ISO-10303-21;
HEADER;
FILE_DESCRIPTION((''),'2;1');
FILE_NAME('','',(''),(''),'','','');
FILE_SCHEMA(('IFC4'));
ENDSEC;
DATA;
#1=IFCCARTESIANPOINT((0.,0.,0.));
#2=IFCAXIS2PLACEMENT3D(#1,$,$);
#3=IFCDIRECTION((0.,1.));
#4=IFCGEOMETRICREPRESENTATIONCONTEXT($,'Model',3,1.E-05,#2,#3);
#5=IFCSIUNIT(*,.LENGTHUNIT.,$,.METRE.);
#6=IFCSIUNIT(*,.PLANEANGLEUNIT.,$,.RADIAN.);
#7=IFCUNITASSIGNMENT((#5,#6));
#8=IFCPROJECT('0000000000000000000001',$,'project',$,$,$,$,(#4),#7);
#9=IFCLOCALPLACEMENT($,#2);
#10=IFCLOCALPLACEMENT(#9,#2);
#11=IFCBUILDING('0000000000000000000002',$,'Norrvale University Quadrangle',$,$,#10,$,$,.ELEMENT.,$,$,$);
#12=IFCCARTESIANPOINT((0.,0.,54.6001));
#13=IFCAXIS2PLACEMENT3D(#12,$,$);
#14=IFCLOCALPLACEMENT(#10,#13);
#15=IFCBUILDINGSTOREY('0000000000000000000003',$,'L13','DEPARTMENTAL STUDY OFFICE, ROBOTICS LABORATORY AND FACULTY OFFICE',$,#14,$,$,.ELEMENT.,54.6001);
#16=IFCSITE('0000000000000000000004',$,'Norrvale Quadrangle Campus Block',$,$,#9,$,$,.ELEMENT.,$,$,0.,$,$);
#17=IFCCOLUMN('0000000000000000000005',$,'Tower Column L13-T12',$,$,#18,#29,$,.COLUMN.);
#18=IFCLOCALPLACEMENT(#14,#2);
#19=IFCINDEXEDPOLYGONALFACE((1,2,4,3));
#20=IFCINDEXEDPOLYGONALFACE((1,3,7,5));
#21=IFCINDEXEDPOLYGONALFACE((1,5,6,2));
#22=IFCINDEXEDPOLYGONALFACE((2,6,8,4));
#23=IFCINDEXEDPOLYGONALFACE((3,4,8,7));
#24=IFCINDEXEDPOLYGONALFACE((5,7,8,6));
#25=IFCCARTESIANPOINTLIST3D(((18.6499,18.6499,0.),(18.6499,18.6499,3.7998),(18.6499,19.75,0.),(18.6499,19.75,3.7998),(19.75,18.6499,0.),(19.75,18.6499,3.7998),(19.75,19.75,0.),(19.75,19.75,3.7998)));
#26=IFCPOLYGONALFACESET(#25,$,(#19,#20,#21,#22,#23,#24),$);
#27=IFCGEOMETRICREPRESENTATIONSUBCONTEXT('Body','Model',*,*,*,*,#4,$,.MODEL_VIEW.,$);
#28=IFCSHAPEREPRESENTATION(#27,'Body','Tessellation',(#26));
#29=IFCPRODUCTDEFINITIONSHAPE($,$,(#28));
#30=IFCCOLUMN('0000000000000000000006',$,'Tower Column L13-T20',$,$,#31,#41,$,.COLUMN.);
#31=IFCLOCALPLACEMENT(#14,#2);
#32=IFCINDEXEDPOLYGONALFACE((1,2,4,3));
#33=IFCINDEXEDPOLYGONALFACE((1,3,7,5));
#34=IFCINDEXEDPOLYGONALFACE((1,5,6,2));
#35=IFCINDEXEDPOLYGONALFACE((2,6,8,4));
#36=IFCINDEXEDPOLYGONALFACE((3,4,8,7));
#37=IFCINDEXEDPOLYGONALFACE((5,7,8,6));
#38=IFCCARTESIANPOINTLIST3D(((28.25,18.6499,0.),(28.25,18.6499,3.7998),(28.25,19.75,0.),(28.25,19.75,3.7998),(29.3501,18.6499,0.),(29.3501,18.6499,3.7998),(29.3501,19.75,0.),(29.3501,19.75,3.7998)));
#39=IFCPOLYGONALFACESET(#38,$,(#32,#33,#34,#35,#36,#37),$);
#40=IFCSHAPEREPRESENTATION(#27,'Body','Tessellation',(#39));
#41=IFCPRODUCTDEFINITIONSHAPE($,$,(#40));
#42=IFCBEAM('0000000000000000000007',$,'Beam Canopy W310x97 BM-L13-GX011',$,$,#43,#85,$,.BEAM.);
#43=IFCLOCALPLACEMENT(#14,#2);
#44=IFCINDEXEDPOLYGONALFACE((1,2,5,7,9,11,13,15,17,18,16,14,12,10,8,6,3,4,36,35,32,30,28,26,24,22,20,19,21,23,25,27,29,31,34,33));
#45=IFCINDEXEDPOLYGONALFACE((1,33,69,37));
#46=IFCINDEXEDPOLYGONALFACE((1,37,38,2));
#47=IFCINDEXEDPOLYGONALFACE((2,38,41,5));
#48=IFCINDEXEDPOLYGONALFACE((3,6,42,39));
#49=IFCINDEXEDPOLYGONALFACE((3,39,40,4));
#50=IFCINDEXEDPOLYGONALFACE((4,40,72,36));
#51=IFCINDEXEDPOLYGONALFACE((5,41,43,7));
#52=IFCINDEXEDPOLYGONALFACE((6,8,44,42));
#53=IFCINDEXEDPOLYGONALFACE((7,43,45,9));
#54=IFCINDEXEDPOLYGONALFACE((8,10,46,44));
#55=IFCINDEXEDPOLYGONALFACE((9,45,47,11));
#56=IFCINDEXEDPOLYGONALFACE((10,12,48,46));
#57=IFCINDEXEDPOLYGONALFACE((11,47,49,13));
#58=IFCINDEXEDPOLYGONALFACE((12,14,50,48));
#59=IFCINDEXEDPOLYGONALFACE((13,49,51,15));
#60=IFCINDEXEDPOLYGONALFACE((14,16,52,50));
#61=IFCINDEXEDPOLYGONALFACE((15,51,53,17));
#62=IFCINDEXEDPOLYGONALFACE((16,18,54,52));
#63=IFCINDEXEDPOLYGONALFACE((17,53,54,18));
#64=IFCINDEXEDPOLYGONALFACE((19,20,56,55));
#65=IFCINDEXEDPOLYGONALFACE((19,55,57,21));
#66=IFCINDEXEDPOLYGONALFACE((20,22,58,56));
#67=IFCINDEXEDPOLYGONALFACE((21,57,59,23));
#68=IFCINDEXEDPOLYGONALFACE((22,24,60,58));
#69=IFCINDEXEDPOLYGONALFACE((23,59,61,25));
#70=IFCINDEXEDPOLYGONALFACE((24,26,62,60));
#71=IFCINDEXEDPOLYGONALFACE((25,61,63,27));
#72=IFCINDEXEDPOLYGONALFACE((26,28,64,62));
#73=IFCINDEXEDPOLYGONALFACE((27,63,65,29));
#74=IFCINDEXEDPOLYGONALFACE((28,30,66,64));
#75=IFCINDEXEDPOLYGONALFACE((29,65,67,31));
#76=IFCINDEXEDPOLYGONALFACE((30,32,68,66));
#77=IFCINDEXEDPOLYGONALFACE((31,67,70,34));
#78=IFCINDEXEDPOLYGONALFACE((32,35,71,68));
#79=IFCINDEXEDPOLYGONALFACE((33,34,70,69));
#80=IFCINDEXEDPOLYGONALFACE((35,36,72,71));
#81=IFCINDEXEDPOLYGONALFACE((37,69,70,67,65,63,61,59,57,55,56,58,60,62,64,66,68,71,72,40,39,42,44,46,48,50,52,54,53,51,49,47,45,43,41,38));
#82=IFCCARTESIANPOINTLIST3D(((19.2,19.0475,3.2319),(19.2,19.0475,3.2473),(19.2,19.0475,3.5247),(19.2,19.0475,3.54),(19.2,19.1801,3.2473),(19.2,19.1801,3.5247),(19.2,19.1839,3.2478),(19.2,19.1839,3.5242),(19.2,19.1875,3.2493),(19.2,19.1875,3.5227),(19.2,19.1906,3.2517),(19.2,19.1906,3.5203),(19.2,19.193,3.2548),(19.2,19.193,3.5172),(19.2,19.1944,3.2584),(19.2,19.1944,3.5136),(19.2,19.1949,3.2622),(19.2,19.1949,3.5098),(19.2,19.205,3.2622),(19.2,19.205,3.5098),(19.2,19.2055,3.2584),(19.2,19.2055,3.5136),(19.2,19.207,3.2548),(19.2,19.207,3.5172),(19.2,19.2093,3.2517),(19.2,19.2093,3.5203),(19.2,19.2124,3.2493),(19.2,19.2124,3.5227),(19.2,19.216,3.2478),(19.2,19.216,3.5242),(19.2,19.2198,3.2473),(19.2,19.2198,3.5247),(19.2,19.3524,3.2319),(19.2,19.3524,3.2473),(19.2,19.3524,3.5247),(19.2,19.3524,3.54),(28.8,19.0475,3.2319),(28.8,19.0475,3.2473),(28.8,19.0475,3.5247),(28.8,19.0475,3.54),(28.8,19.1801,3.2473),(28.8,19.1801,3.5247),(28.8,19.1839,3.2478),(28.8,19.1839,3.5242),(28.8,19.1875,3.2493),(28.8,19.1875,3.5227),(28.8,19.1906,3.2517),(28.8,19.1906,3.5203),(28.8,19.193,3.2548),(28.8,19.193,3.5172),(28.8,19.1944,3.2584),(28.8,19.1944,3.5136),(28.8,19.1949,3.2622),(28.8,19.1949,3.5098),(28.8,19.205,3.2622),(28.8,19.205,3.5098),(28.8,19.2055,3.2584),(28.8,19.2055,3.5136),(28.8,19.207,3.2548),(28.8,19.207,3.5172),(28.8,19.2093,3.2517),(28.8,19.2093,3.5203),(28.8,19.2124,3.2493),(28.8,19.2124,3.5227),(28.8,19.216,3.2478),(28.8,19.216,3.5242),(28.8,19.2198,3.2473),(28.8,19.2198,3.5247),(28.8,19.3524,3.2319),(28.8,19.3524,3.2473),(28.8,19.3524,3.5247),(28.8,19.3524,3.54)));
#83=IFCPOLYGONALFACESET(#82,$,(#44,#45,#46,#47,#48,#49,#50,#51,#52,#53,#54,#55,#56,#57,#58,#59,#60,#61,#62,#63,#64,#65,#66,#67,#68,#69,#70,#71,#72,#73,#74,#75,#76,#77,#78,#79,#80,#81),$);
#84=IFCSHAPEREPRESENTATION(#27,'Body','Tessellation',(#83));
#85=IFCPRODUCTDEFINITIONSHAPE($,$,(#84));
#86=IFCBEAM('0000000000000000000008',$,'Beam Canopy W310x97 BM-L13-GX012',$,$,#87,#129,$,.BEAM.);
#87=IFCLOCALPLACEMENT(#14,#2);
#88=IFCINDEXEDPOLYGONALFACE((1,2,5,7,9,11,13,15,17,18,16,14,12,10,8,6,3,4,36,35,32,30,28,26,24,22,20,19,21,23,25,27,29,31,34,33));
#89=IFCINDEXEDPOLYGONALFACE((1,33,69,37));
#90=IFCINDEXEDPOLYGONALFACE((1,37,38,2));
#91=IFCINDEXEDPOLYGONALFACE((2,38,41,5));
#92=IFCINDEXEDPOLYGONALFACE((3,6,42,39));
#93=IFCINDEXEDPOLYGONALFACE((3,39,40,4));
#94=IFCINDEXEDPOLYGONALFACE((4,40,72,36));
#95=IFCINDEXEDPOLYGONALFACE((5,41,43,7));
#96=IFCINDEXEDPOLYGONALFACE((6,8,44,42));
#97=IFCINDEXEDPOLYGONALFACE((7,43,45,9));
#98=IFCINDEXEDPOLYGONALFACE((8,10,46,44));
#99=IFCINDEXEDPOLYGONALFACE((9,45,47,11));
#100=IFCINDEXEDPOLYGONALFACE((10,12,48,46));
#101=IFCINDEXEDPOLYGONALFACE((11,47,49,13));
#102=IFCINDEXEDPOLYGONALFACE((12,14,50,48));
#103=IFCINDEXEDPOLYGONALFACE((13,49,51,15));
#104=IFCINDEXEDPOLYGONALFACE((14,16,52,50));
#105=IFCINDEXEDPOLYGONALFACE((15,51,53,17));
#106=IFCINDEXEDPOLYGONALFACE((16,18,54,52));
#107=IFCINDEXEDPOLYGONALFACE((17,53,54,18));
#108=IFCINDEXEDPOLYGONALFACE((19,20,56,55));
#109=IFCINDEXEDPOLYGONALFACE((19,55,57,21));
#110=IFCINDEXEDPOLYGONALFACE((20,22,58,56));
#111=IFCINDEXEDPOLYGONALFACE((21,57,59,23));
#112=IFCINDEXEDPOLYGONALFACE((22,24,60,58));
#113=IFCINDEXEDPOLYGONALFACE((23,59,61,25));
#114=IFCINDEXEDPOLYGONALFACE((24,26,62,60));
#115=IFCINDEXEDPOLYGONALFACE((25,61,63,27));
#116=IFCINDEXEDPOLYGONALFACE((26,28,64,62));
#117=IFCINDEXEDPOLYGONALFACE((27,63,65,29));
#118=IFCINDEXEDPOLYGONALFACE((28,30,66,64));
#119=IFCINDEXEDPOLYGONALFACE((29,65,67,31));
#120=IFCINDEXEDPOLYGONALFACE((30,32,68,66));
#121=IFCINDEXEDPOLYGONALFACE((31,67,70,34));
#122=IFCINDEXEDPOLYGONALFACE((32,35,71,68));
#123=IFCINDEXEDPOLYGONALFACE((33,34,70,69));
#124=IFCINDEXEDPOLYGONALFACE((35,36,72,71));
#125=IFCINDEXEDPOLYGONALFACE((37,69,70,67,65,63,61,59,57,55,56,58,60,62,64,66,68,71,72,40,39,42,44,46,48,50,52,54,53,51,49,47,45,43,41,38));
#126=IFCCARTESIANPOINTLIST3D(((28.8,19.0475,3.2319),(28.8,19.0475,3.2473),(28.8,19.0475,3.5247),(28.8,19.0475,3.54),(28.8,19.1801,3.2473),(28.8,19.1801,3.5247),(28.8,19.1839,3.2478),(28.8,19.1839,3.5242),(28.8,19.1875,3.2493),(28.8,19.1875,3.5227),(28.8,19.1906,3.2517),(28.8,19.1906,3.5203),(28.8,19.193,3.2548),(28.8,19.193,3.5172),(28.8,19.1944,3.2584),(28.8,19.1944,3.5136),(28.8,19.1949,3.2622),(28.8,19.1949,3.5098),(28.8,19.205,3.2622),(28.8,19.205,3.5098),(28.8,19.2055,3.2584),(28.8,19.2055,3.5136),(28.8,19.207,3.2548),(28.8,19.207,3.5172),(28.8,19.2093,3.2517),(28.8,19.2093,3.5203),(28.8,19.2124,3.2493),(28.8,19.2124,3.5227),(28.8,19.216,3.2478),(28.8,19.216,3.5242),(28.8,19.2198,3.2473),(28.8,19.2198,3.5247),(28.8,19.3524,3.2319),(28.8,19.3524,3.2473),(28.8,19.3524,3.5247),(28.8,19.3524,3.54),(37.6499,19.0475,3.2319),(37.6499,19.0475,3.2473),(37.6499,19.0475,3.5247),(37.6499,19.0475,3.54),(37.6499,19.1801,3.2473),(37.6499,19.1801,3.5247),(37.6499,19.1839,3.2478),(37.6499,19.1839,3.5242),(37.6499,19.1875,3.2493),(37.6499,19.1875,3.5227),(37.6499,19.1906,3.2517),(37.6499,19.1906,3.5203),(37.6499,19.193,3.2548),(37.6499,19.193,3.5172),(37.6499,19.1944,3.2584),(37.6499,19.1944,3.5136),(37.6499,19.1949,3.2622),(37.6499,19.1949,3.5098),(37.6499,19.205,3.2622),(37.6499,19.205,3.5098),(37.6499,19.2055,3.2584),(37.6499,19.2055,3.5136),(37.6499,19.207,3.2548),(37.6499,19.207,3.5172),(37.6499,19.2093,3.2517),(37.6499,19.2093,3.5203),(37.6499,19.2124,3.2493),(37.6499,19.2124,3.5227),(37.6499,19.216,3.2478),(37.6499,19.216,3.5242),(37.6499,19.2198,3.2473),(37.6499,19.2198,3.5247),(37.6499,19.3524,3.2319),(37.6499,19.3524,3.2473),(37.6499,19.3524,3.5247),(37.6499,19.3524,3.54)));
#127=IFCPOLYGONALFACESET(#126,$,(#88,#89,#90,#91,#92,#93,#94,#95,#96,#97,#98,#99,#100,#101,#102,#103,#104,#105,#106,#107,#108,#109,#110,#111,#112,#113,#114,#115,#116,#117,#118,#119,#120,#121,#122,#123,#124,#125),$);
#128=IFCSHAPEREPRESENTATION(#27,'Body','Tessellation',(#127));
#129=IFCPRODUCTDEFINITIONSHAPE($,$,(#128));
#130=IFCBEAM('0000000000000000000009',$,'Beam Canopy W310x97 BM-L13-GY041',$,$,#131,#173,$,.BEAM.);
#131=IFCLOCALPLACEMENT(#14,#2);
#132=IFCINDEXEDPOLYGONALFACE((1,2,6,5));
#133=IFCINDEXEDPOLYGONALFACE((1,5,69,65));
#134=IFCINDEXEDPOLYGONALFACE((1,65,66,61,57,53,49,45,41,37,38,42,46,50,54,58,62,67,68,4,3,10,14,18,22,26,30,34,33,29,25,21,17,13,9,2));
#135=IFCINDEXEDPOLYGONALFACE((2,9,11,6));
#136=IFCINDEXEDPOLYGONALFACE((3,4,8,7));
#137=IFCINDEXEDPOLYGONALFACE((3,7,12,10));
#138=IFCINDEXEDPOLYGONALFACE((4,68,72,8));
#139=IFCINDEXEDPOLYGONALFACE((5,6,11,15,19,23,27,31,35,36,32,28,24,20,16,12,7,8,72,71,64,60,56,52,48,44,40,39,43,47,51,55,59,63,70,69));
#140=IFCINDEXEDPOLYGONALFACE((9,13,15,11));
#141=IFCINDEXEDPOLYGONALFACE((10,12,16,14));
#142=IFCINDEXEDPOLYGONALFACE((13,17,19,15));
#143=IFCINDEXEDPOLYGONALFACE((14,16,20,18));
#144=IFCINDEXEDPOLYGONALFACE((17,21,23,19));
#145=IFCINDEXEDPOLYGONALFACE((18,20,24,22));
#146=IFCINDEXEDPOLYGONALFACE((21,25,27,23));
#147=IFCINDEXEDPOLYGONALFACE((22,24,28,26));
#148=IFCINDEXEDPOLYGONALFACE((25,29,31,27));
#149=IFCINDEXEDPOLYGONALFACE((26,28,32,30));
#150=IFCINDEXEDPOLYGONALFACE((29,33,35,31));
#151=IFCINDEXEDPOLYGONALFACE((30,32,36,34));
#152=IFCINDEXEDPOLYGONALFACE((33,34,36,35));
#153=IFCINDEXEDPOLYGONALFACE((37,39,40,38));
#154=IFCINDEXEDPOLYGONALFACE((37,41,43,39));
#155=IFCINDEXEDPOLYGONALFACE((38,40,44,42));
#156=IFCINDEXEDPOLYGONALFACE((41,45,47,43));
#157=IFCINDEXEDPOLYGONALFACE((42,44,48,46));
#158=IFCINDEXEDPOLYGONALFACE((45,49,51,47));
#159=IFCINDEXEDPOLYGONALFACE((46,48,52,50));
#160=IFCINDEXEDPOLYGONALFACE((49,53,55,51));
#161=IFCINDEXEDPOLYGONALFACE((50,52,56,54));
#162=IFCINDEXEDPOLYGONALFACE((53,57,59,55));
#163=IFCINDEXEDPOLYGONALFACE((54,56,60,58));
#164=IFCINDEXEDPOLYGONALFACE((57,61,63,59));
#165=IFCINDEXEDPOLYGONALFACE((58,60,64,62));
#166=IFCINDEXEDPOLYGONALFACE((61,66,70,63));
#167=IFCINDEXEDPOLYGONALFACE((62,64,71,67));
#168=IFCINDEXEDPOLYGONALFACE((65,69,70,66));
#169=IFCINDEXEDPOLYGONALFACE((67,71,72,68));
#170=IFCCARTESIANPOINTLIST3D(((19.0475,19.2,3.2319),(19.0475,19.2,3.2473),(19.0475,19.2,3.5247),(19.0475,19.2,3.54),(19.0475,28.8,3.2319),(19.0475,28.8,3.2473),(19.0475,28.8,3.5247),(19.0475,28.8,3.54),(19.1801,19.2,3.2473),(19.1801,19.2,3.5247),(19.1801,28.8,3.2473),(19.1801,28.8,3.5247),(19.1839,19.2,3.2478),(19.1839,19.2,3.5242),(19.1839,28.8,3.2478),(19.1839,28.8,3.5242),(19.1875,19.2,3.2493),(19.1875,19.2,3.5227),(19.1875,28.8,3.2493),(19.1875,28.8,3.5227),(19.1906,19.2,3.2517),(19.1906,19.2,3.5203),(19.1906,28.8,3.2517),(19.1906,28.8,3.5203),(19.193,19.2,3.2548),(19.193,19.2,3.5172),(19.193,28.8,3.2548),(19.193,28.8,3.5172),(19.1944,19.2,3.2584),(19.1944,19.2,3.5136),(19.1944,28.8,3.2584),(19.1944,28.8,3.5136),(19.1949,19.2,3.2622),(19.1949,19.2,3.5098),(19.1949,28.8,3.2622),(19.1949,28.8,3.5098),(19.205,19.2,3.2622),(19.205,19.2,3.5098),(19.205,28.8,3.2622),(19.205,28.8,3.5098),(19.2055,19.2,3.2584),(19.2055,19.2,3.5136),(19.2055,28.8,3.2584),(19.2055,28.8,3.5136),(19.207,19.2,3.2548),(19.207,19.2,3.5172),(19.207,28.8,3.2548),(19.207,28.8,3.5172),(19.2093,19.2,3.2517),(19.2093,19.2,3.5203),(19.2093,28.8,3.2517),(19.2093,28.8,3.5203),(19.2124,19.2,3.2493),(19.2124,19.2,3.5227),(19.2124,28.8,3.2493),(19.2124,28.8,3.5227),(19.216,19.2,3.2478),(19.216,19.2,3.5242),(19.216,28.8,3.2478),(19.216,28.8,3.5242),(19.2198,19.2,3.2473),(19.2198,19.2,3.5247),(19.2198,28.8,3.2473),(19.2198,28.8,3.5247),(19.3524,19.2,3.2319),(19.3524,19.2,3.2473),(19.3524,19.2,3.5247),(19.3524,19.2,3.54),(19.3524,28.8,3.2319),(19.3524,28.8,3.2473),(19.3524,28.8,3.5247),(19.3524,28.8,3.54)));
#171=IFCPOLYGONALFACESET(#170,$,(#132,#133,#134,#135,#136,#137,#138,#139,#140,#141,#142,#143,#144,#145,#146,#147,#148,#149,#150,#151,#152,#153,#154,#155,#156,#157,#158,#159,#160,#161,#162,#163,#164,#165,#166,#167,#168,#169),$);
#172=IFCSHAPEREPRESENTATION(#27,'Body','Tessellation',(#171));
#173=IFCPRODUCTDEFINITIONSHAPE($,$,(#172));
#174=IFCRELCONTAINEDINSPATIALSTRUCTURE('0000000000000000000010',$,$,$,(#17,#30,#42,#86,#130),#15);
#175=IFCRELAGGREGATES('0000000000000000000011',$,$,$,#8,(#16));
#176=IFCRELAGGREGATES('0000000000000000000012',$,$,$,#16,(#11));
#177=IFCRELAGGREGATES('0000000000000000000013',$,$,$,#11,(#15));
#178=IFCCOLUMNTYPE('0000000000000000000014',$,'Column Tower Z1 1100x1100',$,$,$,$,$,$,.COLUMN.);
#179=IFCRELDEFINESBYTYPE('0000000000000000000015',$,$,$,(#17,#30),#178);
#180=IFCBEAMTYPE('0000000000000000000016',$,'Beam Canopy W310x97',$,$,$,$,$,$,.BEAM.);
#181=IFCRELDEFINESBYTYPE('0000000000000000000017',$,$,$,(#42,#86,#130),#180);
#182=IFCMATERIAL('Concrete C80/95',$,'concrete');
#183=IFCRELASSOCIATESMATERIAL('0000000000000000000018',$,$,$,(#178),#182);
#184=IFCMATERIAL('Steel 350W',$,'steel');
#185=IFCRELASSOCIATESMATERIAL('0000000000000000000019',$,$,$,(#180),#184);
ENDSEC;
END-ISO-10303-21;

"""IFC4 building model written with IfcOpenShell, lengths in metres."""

from ifc_helpers import new_model, si_unit, direction, frame, origin, origin_2d, place, context, subcontext, project, spatial, rectangle, i_section, extrude, material, material_profile, profile_set, type_object, element, save


model = new_model("IFC4")

# Units and contexts
model_context = context("Model", 3, precision=1e-05, world=origin(), true_north=direction((0.0, 1.0)))
body_context = subcontext(model_context, "Body", "Model", "MODEL_VIEW")
ifc_project = project(units=[si_unit("LENGTHUNIT", "METRE"), si_unit("PLANEANGLEUNIT", "RADIAN")], contexts=[model_context])

# Site, building, storey
site_placement = place(None, origin())
site = spatial("IfcSite", under=ifc_project, at=site_placement, Name="Norrvale Quadrangle Campus Block", CompositionType="ELEMENT", RefElevation=0.0)
building_placement = place(site_placement, origin())
building = spatial("IfcBuilding", under=site, at=building_placement, Name="Norrvale University Quadrangle", CompositionType="ELEMENT")
storey_placement = place(building_placement, frame((0.0, 0.0, 54.6001)))
storey = spatial("IfcBuildingStorey", under=building, at=storey_placement, Name="L13", Description="DEPARTMENTAL STUDY OFFICE, ROBOTICS LABORATORY AND FACULTY OFFICE", CompositionType="ELEMENT", Elevation=54.6001)

# Columns
ifc_material_1 = material(Name="Concrete C80/95", Category="concrete")
ifc_material_profile_1 = material_profile(ifc_material_1, rectangle(XDim=1.1001, YDim=1.1001, at=origin_2d()), Name="Concrete C80/95")
ifc_profile_set_1 = profile_set([ifc_material_profile_1], Name="Concrete C80/95")
column_type = type_object("IfcColumnType", Name="Column Tower Z1 1100x1100", PredefinedType="COLUMN", material=ifc_profile_set_1)
for number, where, z_axis, x_axis, name in (
    (1, (19.2, 19.2, 0.0), (0.0, 0.0, 1.0), (1.0, 0.0, 0.0), "Tower Column L13-T12"),
    (2, (28.8, 19.2, 0.0), (0.0, 0.0, 1.0), (1.0, 0.0, 0.0), "Tower Column L13-T20"),
):
    element("IfcColumn", number, at=place(storey_placement, frame(where, z_axis=z_axis, x_axis=x_axis)), inside=storey, type_object=column_type, Name=name, PredefinedType="COLUMN", context=body_context, shape_type="SweptSolid", body=[
        extrude(rectangle(XDim=1.1001, YDim=1.1001, at=origin_2d()), origin(), (0.0, 0.0, 1.0), 3.7998),
    ])

# Beams
ifc_material_2 = material(Name="Steel 350W", Category="steel")
ifc_material_profile_2 = material_profile(ifc_material_2, i_section(OverallWidth=0.3049, OverallDepth=0.3081, WebThickness=0.01, FlangeThickness=0.0154, FilletRadius=0.0149, at=origin_2d()), Name="Steel 350W")
ifc_profile_set_2 = profile_set([ifc_material_profile_2], Name="Steel 350W")
beam_type_1 = type_object("IfcBeamType", Name="Beam Canopy W310x97", PredefinedType="BEAM", material=ifc_profile_set_2)
beam_1_placement = place(storey_placement, frame((19.2, 19.2, 3.386), z_axis=(1.0, 0.0, 0.0), x_axis=(0.0, 1.0, 0.0)))
element("IfcBeam", 3, at=beam_1_placement, inside=storey, type_object=beam_type_1, Name="Beam Canopy W310x97 BM-L13-GX011", PredefinedType="BEAM", context=body_context, shape_type="SweptSolid", body=[
    extrude(i_section(OverallWidth=0.3049, OverallDepth=0.3081, WebThickness=0.01, FlangeThickness=0.0154, FilletRadius=0.0149, at=origin_2d()), origin(), (0.0, 0.0, 1.0), 9.6001),
])
beam_2_placement = place(storey_placement, frame((28.8, 19.2, 3.386), z_axis=(1.0, 0.0, 0.0), x_axis=(0.0, 1.0, 0.0)))
element("IfcBeam", 4, at=beam_2_placement, inside=storey, type_object=beam_type_1, Name="Beam Canopy W310x97 BM-L13-GX012", PredefinedType="BEAM", context=body_context, shape_type="SweptSolid", body=[
    extrude(i_section(OverallWidth=0.3049, OverallDepth=0.3081, WebThickness=0.01, FlangeThickness=0.0154, FilletRadius=0.0149, at=origin_2d()), origin(), (0.0, 0.0, 1.0), 8.8499),
])
for number, where, z_axis, x_axis, name in (
    (5, (19.2, 19.2, 3.386), (0.0, 1.0, 0.0), (-1.0, 0.0, 0.0), "Beam Canopy W310x97 BM-L13-GY041"),
):
    element("IfcBeam", number, at=place(storey_placement, frame(where, z_axis=z_axis, x_axis=x_axis)), inside=storey, type_object=beam_type_1, Name=name, PredefinedType="BEAM", context=body_context, shape_type="SweptSolid", body=[
        extrude(i_section(OverallWidth=0.3049, OverallDepth=0.3081, WebThickness=0.01, FlangeThickness=0.0154, FilletRadius=0.0149, at=origin_2d()), origin(), (0.0, 0.0, 1.0), 9.6001),
    ])

save(model, "model.ifc")
